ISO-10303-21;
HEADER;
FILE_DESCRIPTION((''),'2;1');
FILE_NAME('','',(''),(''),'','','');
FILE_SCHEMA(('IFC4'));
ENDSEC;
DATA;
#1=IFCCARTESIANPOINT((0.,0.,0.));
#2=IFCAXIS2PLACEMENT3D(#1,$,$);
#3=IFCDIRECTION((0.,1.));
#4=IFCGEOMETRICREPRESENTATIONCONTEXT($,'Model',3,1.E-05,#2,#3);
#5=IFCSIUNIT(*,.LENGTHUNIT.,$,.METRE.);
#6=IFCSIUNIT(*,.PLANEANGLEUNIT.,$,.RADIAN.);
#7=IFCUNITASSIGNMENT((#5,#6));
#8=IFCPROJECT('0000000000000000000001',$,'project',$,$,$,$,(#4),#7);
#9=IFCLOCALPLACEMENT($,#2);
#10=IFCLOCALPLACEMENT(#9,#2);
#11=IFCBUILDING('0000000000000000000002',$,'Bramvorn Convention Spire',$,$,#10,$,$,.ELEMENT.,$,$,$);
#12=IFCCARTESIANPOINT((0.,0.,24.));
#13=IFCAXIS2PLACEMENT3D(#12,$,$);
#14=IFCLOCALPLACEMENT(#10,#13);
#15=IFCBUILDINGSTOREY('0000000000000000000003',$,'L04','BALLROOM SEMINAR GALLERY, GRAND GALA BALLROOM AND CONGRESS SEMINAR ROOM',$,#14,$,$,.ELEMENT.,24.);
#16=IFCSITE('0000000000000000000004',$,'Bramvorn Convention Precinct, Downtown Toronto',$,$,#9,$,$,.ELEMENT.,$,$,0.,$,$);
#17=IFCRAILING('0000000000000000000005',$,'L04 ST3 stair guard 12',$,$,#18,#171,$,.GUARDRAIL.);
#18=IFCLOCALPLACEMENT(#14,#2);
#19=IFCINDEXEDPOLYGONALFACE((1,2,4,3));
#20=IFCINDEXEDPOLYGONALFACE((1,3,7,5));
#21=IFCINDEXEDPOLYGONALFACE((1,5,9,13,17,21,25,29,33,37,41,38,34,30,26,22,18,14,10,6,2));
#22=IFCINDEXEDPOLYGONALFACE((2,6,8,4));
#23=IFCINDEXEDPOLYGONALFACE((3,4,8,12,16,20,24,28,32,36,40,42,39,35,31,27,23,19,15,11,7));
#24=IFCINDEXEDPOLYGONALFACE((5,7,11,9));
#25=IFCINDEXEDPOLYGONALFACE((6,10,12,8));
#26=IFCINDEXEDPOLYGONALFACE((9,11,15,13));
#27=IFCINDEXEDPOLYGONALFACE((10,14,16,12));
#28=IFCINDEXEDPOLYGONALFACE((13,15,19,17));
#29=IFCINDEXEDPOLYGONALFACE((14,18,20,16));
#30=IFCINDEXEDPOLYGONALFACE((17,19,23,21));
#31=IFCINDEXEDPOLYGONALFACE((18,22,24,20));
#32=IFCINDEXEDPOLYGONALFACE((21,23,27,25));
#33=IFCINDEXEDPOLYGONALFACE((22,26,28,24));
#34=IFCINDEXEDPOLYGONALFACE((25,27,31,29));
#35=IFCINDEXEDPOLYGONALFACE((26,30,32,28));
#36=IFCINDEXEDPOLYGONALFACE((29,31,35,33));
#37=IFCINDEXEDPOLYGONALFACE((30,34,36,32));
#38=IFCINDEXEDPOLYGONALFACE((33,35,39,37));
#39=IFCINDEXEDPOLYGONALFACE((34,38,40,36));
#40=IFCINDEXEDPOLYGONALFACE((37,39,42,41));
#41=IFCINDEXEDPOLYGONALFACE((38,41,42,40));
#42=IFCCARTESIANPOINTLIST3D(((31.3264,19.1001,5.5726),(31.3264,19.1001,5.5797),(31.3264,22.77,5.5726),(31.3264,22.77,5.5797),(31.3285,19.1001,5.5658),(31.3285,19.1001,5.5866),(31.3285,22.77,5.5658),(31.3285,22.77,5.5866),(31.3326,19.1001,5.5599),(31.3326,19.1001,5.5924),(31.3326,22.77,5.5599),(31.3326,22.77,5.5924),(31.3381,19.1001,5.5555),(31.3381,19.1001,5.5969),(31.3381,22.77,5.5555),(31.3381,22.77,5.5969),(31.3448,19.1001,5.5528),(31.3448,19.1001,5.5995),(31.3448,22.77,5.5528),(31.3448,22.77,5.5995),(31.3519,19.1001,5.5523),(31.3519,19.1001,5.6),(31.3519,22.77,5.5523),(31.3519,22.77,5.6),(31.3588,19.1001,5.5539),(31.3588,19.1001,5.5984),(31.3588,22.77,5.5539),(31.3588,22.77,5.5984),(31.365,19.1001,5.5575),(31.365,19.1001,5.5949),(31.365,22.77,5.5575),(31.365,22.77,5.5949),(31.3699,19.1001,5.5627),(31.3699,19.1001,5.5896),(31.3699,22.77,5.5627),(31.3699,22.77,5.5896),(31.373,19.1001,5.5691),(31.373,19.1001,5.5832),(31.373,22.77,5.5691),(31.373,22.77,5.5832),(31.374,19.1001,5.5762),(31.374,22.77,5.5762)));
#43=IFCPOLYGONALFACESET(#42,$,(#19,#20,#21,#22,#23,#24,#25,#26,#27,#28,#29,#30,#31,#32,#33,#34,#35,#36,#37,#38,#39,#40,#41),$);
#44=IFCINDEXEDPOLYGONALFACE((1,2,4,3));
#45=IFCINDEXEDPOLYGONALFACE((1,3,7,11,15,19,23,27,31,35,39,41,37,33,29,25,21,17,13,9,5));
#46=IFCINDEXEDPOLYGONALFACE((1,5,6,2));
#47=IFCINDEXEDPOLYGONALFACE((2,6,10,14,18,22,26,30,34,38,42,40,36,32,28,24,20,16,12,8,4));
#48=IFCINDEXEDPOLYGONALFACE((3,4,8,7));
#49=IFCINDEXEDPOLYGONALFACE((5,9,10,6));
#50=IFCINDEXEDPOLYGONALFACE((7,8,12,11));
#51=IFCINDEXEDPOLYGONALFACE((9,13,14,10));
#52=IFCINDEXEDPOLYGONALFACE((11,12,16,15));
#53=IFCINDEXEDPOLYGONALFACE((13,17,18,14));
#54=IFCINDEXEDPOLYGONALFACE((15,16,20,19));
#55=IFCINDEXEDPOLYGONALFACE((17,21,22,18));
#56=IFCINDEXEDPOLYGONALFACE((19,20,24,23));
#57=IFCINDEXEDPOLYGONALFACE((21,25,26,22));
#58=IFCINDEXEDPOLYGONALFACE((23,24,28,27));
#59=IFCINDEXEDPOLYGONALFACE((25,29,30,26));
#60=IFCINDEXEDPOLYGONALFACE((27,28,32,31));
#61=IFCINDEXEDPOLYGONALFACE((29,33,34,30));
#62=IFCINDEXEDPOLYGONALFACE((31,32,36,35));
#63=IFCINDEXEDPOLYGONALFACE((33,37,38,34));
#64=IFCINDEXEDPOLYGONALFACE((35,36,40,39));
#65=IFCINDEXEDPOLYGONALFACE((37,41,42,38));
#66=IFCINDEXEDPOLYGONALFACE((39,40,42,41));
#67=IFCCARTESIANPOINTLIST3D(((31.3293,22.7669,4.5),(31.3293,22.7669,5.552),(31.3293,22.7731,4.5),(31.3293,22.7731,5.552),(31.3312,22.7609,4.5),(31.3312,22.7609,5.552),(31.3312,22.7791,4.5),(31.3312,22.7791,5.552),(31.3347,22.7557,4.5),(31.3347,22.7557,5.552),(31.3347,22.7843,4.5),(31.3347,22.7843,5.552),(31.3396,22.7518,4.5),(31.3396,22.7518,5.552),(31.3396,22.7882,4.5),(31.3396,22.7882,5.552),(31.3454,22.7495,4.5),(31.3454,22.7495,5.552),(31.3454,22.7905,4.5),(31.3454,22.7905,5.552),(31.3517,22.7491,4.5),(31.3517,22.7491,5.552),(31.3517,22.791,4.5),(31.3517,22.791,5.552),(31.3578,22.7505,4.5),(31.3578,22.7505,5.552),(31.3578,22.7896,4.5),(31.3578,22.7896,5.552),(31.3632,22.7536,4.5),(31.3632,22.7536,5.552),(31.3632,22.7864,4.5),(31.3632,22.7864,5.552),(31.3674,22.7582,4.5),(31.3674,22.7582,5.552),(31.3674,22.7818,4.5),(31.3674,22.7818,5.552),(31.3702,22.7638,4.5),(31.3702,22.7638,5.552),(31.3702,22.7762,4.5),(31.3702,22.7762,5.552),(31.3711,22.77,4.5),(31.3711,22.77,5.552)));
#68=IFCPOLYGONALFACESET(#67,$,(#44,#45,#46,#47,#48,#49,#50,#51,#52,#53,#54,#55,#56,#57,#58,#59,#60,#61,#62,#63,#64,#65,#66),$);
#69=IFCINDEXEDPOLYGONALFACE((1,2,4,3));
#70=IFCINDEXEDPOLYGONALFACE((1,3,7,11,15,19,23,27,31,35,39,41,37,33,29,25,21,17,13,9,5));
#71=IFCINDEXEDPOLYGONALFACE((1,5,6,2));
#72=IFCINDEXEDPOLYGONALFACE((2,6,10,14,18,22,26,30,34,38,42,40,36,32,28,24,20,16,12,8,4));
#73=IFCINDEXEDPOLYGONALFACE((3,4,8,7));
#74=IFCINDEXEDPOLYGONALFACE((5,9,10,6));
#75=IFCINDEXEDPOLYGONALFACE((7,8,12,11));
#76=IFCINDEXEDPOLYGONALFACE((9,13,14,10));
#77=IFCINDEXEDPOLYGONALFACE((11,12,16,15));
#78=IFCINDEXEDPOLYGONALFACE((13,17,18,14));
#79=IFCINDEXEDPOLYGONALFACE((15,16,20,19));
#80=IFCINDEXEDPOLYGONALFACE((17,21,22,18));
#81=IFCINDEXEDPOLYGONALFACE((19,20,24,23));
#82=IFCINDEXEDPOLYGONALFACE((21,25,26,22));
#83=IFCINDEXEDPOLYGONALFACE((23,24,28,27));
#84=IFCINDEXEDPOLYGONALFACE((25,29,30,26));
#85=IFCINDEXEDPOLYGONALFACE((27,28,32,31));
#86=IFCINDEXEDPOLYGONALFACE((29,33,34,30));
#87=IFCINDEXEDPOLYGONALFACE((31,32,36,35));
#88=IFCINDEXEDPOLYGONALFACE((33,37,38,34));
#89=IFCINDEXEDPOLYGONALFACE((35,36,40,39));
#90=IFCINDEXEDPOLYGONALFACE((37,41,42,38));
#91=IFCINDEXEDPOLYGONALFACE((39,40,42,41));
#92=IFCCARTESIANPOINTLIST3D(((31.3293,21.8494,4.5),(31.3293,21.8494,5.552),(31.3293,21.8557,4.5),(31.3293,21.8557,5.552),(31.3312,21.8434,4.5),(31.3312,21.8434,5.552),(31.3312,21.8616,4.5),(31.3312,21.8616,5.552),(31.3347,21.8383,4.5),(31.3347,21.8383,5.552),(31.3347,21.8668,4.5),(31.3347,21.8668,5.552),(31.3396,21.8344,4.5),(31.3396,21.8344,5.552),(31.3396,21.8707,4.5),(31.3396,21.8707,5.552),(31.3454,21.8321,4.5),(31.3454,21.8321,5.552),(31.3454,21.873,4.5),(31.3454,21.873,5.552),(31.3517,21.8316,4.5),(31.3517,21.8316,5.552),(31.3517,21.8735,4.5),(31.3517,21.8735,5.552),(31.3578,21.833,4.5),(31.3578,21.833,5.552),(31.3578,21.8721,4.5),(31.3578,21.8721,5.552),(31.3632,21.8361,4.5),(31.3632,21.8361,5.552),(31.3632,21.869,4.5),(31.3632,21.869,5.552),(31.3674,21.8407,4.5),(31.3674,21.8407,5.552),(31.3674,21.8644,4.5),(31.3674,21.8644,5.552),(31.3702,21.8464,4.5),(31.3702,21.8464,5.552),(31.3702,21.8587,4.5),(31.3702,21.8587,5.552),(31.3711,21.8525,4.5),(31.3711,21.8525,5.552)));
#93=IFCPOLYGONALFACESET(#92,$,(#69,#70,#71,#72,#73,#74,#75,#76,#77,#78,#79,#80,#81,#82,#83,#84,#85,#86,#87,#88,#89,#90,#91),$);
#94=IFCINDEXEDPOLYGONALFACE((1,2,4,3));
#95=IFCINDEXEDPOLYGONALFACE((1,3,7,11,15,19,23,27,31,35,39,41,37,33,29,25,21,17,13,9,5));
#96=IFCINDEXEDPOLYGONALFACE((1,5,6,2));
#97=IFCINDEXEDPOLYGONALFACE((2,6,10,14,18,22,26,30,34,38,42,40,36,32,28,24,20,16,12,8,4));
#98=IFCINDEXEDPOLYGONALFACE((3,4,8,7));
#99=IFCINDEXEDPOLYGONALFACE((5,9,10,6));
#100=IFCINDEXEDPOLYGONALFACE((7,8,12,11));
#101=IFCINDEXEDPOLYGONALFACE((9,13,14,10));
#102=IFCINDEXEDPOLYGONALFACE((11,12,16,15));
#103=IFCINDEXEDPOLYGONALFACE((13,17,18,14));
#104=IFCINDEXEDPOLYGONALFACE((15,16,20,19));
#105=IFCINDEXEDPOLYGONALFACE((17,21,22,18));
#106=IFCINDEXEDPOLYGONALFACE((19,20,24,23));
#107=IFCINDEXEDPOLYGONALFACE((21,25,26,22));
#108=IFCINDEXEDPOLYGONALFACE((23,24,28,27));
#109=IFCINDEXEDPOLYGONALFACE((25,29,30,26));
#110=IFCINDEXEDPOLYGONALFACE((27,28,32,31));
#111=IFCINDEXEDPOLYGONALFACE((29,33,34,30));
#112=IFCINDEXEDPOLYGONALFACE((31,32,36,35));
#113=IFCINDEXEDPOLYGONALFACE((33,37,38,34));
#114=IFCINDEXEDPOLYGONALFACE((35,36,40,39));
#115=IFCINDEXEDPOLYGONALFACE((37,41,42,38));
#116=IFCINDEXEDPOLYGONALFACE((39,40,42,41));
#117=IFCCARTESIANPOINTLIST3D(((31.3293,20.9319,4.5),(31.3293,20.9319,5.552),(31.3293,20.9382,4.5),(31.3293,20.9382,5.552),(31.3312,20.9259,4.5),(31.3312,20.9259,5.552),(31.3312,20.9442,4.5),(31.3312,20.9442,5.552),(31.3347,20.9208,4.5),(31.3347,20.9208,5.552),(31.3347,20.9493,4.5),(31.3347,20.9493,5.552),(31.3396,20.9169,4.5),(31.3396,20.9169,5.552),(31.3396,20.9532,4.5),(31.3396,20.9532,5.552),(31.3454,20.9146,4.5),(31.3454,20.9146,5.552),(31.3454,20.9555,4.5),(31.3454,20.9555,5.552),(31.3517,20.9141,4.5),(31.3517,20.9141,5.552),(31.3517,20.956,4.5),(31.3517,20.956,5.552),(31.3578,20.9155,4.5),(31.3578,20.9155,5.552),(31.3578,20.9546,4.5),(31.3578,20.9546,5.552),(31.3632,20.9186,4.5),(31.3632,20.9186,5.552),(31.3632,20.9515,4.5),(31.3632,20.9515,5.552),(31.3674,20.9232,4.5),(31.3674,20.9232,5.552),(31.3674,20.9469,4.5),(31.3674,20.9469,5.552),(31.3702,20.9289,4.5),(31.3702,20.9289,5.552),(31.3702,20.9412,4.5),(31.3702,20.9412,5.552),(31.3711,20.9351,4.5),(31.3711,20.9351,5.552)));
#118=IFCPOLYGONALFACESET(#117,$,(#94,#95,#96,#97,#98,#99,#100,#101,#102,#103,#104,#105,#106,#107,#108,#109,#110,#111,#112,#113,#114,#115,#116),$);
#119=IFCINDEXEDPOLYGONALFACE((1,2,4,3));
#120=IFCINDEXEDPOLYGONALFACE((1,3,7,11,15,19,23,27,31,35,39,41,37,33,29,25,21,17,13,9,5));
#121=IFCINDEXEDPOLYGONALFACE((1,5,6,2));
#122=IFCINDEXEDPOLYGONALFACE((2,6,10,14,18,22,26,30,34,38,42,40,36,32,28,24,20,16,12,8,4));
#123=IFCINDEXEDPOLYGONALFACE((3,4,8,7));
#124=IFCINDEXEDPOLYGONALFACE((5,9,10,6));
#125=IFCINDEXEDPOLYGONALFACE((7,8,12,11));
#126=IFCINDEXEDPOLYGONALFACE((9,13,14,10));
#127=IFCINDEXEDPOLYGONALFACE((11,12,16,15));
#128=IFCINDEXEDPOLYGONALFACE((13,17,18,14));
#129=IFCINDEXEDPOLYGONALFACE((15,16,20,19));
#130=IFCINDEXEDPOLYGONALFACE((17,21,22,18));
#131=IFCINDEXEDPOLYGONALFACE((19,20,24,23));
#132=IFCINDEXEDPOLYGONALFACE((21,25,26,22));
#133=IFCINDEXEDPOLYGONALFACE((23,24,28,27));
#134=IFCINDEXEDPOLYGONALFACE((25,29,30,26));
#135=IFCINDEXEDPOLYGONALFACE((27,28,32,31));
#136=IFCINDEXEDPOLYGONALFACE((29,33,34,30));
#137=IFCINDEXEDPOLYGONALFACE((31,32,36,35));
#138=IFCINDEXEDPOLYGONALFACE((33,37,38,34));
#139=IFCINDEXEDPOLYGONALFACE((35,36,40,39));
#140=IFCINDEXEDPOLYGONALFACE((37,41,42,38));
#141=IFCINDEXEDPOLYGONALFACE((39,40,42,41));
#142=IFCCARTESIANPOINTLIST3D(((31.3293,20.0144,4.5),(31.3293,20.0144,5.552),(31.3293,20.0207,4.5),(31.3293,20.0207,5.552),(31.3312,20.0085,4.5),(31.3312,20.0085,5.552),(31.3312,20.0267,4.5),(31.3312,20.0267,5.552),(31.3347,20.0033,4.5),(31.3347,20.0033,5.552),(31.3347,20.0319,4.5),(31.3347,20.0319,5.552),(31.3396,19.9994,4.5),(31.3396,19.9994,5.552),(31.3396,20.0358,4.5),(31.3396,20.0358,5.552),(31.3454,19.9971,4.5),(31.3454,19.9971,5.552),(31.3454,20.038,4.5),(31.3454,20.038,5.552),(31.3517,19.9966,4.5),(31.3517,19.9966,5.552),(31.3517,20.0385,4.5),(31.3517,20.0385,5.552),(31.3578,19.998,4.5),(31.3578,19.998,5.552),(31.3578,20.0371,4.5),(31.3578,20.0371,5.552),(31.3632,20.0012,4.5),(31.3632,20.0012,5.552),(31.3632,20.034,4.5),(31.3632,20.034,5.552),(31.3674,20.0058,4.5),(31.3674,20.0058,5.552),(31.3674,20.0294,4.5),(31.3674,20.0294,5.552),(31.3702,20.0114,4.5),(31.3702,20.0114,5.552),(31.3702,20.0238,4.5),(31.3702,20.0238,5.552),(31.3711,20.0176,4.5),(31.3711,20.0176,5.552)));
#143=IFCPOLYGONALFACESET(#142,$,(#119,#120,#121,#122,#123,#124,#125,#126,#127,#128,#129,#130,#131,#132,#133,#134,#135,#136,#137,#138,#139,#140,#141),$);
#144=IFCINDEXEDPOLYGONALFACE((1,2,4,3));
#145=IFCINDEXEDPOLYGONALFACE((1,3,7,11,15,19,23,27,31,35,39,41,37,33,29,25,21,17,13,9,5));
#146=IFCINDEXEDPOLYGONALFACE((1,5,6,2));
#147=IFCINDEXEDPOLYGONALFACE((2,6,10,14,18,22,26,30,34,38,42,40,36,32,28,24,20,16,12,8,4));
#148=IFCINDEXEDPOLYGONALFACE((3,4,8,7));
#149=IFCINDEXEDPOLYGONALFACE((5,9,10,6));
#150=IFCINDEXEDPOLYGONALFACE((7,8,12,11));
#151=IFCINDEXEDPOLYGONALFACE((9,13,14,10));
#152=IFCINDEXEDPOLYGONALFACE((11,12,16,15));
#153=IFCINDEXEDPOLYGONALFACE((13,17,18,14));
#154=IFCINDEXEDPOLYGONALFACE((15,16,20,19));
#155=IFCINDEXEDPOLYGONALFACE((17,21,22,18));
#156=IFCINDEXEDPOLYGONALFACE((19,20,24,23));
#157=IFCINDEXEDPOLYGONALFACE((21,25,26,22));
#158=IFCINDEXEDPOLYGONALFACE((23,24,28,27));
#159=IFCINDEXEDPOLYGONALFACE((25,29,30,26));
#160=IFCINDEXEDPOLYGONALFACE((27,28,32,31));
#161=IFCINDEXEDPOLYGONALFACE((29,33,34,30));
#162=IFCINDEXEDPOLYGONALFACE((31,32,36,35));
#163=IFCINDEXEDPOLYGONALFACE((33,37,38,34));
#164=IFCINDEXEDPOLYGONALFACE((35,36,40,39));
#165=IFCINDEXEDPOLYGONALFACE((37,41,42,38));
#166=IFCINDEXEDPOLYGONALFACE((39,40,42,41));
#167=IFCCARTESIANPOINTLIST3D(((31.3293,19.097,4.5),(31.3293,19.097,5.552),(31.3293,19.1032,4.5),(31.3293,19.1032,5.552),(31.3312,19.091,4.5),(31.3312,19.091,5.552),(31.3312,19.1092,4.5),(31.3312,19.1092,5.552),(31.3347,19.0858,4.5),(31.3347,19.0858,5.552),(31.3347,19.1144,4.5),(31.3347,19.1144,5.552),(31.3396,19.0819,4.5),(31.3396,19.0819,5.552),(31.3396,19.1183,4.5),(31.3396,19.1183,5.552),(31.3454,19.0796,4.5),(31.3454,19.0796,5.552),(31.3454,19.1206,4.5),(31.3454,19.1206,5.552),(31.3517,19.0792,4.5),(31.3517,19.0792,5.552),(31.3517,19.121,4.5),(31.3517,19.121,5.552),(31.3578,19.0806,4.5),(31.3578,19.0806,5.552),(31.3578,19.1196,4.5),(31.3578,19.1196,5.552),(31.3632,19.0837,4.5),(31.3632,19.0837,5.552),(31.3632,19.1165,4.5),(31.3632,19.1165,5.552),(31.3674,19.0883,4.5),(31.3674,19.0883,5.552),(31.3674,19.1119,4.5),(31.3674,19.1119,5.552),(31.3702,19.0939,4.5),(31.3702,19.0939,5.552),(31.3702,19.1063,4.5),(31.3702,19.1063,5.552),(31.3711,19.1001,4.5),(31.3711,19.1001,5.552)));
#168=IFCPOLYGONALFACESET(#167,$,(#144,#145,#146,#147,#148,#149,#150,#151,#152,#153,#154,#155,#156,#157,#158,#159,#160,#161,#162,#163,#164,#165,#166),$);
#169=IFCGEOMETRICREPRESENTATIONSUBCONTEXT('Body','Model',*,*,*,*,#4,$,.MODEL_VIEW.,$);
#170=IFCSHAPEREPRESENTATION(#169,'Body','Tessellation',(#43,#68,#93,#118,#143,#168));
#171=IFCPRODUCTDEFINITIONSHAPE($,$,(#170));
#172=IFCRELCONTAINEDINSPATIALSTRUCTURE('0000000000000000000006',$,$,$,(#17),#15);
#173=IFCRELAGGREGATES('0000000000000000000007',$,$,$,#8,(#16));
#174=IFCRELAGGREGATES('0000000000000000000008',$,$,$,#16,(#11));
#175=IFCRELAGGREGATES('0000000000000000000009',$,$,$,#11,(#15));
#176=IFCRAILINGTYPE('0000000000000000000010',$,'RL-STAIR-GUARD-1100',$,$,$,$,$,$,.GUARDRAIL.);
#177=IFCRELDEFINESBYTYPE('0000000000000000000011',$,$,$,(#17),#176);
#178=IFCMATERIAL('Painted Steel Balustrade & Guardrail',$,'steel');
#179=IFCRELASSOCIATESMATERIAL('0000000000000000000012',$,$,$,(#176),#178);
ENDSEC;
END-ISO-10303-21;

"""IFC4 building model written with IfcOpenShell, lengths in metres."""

from ifc_helpers import new_model, si_unit, direction, frame, origin, origin_2d, place, context, subcontext, project, spatial, circle, extrude, material, type_object, element, save


model = new_model("IFC4")

# Units and contexts
model_context = context("Model", 3, precision=1e-05, world=origin(), true_north=direction((0.0, 1.0)))
body_context = subcontext(model_context, "Body", "Model", "MODEL_VIEW")
ifc_project = project(units=[si_unit("LENGTHUNIT", "METRE"), si_unit("PLANEANGLEUNIT", "RADIAN")], contexts=[model_context])

# Site, building, storey
site_placement = place(None, origin())
site = spatial("IfcSite", under=ifc_project, at=site_placement, Name="Bramvorn Convention Precinct, Downtown Toronto", CompositionType="ELEMENT", RefElevation=0.0)
building_placement = place(site_placement, origin())
building = spatial("IfcBuilding", under=site, at=building_placement, Name="Bramvorn Convention Spire", CompositionType="ELEMENT")
storey_placement = place(building_placement, frame((0.0, 0.0, 24.0)))
storey = spatial("IfcBuildingStorey", under=building, at=storey_placement, Name="L04", Description="BALLROOM SEMINAR GALLERY, GRAND GALA BALLROOM AND CONGRESS SEMINAR ROOM", CompositionType="ELEMENT", Elevation=24.0)

# Railing
ifc_material_1 = material(Name="Painted Steel Balustrade & Guardrail", Category="steel")
railing_type_1 = type_object("IfcRailingType", Name="RL-STAIR-GUARD-1100", PredefinedType="GUARDRAIL", material=ifc_material_1)
for number, where, name in (
    (1, (31.3501, 22.77, 4.5), "L04 ST3 stair guard 12"),
):
    element("IfcRailing", number, at=place(storey_placement, frame(where)), inside=storey, type_object=railing_type_1, Name=name, PredefinedType="GUARDRAIL", context=body_context, shape_type="SweptSolid", body=[
        extrude(circle(Radius=0.0239, at=origin_2d()), frame((0.0, 0.0, 1.0762), z_axis=(0.0, -1.0, 0.0), x_axis=(1.0, 0.0, 0.0)), (0.0, 0.0, 1.0), 3.6699),
        extrude(circle(Radius=0.021, at=origin_2d()), origin(), (0.0, 0.0, 1.0), 1.052),
        extrude(circle(Radius=0.021, at=origin_2d()), frame((0.0, -0.9175, 0.0)), (0.0, 0.0, 1.0), 1.052),
        extrude(circle(Radius=0.021, at=origin_2d()), frame((0.0, -1.835, 0.0)), (0.0, 0.0, 1.0), 1.052),
        extrude(circle(Radius=0.021, at=origin_2d()), frame((0.0, -2.7524, 0.0)), (0.0, 0.0, 1.0), 1.052),
        extrude(circle(Radius=0.021, at=origin_2d()), frame((0.0, -3.6699, 0.0)), (0.0, 0.0, 1.0), 1.052),
    ])

save(model, "model.ifc")
